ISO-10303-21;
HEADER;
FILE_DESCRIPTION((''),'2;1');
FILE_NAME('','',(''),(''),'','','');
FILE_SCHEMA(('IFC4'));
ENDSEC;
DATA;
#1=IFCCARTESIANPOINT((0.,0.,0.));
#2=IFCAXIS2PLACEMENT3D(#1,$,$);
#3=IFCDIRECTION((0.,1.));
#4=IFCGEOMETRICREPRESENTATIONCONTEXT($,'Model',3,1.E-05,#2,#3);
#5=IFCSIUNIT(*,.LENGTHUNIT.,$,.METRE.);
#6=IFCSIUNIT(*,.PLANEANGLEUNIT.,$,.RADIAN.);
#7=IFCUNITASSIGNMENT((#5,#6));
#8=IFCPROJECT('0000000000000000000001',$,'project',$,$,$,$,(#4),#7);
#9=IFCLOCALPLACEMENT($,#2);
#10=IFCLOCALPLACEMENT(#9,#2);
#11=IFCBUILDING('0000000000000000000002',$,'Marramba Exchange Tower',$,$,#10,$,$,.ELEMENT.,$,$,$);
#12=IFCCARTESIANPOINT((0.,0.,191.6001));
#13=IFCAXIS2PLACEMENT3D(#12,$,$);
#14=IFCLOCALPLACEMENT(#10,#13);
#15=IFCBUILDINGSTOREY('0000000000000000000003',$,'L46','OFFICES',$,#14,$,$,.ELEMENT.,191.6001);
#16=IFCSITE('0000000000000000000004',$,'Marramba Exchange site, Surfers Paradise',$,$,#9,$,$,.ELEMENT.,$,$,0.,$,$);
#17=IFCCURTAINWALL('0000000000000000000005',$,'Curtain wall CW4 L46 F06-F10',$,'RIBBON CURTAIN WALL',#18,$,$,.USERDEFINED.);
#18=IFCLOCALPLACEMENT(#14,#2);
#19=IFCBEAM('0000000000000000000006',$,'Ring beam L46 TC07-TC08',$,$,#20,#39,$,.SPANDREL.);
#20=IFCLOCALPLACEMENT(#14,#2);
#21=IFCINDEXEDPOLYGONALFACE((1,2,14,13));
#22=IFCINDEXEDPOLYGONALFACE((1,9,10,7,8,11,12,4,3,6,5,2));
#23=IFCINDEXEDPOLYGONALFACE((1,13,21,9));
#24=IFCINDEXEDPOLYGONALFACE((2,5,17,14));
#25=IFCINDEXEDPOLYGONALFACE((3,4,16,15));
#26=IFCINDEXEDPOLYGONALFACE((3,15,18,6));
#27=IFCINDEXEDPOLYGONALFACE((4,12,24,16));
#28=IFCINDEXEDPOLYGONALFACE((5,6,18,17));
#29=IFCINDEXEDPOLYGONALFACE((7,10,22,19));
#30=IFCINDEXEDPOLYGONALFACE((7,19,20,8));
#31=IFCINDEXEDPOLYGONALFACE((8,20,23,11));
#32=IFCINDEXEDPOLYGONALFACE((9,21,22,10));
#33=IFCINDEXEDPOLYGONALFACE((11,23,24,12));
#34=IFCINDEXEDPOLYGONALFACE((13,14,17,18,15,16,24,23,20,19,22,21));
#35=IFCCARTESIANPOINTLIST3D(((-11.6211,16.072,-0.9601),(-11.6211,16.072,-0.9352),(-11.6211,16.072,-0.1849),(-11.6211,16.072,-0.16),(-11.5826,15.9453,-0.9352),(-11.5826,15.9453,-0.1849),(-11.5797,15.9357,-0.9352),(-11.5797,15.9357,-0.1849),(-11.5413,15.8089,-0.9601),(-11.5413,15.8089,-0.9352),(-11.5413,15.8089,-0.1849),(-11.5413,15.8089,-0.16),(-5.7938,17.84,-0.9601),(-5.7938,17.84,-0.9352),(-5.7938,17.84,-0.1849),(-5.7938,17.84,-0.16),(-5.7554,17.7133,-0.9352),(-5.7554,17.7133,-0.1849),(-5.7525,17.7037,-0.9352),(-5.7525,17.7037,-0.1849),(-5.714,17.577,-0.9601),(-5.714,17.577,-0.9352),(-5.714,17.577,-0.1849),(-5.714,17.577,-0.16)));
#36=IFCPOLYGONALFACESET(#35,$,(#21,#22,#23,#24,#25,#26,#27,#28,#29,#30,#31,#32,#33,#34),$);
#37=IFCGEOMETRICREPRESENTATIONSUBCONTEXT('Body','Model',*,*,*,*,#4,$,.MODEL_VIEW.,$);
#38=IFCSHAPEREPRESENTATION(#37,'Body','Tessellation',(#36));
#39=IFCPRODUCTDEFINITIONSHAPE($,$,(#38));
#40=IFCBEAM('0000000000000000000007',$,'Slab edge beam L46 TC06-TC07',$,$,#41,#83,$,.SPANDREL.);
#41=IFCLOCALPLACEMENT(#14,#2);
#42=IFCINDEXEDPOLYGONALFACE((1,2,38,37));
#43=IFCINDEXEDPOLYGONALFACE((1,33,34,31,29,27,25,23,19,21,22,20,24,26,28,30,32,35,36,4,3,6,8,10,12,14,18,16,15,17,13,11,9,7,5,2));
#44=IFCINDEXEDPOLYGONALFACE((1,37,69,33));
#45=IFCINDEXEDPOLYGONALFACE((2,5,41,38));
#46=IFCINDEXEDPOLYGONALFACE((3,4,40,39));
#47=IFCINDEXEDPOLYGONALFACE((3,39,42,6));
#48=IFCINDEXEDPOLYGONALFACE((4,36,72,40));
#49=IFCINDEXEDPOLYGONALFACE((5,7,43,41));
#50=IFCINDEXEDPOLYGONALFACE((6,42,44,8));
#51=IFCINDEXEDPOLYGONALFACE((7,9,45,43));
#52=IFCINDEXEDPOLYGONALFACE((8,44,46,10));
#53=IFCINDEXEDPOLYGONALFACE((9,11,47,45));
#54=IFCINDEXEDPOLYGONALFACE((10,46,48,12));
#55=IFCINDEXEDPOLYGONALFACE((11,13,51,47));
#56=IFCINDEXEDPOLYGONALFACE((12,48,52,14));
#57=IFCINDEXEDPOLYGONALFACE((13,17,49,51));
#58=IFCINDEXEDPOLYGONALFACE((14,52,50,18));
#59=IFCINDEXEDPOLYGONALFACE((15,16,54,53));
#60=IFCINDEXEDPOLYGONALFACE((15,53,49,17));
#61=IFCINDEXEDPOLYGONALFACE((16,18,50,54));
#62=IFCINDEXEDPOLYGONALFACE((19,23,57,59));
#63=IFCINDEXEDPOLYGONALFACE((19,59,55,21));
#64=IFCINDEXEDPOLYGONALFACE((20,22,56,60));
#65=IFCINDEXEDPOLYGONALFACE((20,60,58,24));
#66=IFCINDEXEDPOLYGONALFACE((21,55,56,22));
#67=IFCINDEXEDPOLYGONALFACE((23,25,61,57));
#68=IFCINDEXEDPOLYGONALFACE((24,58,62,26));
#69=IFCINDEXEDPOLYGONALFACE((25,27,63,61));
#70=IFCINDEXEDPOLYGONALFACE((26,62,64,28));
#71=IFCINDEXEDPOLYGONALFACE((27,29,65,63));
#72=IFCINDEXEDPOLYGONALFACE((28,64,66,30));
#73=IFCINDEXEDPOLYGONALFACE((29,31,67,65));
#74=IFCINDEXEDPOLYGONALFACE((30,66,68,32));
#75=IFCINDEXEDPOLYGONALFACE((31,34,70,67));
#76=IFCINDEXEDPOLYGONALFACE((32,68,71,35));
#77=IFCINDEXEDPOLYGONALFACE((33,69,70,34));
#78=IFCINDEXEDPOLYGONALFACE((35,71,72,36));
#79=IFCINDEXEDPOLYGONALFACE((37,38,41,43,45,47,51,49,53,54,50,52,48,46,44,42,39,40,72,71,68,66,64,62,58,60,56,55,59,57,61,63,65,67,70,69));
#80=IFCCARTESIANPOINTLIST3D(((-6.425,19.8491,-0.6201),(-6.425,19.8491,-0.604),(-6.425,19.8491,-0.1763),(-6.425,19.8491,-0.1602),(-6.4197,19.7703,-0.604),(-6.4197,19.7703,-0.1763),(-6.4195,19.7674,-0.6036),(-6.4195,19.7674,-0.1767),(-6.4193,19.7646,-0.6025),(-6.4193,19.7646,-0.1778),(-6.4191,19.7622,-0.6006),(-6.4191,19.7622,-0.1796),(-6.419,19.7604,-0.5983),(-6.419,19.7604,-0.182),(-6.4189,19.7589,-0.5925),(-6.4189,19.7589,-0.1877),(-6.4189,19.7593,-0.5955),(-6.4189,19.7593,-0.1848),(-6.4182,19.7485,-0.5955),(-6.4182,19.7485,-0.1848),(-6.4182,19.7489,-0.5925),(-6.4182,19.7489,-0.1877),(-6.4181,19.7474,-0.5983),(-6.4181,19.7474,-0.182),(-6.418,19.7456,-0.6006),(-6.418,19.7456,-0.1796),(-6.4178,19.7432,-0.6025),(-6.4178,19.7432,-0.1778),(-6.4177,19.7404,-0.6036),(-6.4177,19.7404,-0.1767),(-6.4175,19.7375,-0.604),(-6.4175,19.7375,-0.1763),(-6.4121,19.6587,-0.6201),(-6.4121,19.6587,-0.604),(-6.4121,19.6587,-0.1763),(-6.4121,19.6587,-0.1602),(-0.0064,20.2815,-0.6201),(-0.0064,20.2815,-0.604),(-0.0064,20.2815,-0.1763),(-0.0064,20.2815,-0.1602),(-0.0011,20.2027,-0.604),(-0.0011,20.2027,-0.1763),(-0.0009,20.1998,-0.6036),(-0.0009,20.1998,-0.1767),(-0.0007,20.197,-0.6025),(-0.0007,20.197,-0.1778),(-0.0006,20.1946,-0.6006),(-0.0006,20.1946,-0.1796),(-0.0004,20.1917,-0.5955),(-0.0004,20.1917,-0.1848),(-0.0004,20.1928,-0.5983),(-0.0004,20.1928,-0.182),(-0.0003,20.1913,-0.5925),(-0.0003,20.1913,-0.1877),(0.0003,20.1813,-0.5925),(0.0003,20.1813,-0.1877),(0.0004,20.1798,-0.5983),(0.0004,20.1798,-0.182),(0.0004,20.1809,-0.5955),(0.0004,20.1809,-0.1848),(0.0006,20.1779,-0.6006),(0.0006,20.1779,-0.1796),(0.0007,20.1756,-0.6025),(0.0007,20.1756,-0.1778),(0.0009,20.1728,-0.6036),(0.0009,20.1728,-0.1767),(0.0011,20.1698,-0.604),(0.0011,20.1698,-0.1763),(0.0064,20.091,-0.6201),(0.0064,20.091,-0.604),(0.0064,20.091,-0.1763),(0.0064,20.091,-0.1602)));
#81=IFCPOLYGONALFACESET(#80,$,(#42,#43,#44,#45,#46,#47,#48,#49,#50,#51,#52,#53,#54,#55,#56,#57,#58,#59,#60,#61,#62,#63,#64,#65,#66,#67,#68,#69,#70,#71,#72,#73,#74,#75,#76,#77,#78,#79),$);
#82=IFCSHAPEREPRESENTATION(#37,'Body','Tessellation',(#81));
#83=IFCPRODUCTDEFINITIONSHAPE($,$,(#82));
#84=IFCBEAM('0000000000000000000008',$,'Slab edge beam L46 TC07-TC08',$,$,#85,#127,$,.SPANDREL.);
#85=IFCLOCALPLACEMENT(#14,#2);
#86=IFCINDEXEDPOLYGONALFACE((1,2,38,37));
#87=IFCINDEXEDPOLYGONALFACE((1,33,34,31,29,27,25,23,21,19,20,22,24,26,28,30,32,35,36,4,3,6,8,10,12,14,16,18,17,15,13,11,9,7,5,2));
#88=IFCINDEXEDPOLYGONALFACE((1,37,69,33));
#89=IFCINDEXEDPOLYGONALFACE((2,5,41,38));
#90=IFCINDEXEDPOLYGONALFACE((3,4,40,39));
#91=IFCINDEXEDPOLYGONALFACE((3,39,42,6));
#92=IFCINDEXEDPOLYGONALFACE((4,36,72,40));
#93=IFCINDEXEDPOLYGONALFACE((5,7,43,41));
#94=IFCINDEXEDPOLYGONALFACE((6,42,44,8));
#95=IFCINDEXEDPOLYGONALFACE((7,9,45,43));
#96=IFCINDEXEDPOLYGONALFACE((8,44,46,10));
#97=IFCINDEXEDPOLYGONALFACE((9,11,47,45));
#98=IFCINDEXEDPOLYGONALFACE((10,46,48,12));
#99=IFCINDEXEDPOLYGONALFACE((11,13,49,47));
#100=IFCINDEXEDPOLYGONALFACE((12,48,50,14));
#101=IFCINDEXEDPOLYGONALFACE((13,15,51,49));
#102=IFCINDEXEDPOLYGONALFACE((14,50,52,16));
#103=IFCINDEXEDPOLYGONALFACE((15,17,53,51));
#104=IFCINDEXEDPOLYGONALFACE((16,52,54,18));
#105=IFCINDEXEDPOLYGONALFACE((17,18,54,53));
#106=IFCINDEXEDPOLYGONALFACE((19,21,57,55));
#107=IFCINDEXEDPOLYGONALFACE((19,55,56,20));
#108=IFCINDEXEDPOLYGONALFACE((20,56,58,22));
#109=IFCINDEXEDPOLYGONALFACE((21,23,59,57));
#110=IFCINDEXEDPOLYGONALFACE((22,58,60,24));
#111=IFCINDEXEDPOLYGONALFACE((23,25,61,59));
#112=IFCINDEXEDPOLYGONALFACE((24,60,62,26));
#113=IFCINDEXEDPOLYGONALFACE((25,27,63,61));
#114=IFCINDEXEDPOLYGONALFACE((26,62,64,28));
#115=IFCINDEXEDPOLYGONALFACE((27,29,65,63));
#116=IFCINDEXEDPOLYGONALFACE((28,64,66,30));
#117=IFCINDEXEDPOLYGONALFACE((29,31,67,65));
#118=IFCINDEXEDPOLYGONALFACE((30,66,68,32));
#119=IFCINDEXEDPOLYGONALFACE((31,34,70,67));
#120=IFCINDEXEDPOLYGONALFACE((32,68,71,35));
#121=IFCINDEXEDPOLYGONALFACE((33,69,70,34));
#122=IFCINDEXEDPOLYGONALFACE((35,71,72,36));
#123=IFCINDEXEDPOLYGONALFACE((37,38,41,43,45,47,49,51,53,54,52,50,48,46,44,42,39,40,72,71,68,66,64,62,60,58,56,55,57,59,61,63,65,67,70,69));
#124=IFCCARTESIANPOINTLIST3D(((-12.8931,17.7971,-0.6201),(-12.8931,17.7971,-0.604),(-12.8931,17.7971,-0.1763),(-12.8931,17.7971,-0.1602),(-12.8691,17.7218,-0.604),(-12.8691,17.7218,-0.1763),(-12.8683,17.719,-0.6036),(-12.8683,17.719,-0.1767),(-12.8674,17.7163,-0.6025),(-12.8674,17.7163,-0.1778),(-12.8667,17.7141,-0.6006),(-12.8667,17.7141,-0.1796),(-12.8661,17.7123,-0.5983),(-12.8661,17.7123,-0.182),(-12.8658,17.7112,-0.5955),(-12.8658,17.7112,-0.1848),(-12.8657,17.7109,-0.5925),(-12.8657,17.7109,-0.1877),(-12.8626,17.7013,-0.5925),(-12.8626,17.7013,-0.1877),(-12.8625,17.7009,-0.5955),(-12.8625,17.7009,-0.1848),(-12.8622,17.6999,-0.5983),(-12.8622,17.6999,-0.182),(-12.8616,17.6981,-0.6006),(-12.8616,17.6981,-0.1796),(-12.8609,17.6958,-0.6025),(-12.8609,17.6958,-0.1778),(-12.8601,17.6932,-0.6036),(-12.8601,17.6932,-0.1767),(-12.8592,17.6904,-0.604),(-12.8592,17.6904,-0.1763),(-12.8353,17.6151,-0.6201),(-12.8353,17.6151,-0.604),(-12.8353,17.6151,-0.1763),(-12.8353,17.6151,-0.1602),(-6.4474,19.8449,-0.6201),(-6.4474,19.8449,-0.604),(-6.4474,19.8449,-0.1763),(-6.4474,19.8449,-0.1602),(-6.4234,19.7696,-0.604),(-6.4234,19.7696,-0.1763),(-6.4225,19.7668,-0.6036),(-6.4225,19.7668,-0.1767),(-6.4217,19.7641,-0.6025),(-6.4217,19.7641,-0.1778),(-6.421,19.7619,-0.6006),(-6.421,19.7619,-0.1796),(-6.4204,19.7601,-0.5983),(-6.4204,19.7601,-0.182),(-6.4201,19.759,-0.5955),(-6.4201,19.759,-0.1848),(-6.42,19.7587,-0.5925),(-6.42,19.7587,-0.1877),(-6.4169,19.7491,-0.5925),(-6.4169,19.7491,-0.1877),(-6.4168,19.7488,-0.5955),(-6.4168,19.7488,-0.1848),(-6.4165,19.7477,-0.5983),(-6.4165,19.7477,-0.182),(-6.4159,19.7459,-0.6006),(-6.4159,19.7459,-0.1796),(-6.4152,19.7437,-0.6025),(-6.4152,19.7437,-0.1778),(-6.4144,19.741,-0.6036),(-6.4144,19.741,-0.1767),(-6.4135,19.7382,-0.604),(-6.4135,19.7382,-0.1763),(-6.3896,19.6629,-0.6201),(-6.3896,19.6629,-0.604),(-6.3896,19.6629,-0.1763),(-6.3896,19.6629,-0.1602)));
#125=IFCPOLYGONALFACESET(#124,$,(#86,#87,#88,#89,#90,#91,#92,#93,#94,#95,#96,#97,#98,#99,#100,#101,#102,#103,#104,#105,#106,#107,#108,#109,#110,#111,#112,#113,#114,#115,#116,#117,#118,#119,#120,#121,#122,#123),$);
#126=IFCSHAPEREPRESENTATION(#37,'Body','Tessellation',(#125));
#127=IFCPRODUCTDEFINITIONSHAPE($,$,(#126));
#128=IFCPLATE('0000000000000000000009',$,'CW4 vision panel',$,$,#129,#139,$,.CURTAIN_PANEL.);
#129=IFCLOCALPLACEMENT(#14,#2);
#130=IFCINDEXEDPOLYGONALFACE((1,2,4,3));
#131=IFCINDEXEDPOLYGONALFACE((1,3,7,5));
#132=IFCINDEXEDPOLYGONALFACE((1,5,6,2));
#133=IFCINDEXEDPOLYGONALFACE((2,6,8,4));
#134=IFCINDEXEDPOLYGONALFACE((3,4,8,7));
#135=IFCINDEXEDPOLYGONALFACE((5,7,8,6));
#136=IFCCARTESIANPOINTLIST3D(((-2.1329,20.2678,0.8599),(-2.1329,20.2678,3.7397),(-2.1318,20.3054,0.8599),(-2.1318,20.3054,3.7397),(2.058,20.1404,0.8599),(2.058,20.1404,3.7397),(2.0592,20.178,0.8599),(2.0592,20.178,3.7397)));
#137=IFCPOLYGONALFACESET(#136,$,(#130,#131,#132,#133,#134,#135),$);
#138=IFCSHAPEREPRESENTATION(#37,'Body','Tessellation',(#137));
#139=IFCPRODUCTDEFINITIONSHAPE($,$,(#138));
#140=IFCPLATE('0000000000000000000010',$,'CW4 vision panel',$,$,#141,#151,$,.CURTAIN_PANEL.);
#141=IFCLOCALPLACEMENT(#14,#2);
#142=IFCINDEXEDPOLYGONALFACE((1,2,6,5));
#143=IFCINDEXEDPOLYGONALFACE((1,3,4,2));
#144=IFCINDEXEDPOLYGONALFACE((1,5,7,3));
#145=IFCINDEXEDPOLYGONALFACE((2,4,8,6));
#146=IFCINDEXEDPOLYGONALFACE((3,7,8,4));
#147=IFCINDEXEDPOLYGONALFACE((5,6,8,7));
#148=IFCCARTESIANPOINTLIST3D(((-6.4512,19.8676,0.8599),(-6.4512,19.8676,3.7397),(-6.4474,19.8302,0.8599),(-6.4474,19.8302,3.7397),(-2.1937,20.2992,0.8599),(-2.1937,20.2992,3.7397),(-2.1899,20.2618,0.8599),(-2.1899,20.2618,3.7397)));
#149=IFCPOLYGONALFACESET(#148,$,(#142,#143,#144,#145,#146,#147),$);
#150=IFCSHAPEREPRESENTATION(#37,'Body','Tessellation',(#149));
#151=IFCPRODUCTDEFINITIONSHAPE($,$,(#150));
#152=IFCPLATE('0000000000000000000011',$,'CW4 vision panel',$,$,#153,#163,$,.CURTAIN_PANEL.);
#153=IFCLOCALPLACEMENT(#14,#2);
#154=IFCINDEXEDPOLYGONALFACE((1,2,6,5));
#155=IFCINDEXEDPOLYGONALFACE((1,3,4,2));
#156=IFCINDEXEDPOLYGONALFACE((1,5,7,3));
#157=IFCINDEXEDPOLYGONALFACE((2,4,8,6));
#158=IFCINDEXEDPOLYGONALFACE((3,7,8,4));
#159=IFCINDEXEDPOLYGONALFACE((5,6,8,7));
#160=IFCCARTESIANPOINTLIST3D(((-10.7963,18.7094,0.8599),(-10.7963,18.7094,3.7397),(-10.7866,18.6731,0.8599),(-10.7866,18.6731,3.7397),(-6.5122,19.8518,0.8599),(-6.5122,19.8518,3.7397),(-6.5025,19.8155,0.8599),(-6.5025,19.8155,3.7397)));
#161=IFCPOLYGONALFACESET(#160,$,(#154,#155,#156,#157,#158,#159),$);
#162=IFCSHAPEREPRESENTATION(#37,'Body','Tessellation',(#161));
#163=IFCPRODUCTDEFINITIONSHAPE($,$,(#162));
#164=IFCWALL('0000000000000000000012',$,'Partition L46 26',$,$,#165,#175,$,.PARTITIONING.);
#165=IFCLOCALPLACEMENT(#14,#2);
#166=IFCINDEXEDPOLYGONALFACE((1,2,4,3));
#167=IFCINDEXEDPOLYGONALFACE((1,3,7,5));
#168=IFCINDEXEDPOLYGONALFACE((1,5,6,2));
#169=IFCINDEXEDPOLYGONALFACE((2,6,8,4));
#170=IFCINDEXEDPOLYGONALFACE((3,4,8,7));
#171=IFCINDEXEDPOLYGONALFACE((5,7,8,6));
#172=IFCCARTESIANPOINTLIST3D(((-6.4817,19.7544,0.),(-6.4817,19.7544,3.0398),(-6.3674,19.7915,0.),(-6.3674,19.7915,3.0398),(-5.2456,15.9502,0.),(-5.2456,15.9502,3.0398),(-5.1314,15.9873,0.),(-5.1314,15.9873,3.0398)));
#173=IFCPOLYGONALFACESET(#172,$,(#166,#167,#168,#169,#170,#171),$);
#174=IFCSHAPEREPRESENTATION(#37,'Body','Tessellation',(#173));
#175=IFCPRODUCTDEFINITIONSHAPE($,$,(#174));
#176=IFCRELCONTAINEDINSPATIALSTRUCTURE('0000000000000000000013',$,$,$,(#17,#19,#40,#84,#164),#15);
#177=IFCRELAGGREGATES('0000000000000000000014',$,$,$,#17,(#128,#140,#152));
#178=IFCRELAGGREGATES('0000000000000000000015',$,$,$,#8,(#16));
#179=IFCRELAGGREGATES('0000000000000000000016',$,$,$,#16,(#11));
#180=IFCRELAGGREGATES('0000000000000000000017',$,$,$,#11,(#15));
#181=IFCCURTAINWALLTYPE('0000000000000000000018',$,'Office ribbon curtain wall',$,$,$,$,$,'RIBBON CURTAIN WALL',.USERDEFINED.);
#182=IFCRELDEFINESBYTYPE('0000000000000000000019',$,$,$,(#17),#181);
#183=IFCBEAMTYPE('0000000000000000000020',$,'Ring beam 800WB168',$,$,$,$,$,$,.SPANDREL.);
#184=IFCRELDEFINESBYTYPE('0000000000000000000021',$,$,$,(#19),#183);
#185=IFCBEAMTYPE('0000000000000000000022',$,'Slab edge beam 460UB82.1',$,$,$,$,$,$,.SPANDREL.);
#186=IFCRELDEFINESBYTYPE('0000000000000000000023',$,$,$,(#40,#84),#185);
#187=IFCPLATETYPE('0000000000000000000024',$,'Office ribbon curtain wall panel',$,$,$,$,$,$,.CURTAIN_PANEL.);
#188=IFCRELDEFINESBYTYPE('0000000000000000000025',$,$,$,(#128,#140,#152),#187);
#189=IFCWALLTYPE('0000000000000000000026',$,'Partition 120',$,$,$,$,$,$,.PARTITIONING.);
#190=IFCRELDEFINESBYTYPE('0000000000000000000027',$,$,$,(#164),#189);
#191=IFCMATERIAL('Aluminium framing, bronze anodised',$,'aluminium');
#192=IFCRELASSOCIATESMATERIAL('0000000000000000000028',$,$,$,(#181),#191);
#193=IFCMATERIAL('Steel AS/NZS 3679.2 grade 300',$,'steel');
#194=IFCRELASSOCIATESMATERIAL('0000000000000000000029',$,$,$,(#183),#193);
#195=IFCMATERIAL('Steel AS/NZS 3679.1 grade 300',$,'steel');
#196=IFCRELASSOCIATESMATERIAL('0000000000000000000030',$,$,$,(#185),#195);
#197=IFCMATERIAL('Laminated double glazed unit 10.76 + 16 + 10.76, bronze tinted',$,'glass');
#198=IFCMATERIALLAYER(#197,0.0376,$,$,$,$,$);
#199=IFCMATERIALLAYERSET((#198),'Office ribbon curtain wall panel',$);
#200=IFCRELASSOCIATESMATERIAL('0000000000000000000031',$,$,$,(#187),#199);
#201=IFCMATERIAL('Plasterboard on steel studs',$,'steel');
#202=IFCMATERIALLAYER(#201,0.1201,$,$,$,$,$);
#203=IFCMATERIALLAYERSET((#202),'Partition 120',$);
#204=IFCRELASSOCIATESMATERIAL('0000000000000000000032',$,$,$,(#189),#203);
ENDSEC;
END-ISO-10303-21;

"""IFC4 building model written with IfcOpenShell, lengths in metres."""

from ifc_helpers import new_model, si_unit, direction, frame, frame_2d, origin, origin_2d, place, context, subcontext, project, spatial, rectangle, i_section, extrude, material, layer, layer_set, material_profile, profile_set, type_object, element, aggregate, save


model = new_model("IFC4")

# Units and contexts
model_context = context("Model", 3, precision=1e-05, world=origin(), true_north=direction((0.0, 1.0)))
body_context = subcontext(model_context, "Body", "Model", "MODEL_VIEW")
ifc_project = project(units=[si_unit("LENGTHUNIT", "METRE"), si_unit("PLANEANGLEUNIT", "RADIAN")], contexts=[model_context])

# Site, building, storey
site_placement = place(None, origin())
site = spatial("IfcSite", under=ifc_project, at=site_placement, Name="Marramba Exchange site, Surfers Paradise", CompositionType="ELEMENT", RefElevation=0.0)
building_placement = place(site_placement, origin())
building = spatial("IfcBuilding", under=site, at=building_placement, Name="Marramba Exchange Tower", CompositionType="ELEMENT")
storey_placement = place(building_placement, frame((0.0, 0.0, 191.6001)))
storey = spatial("IfcBuildingStorey", under=building, at=storey_placement, Name="L46", Description="OFFICES", CompositionType="ELEMENT", Elevation=191.6001)

# Shared definitions
ifc_material_1 = material(Name="Steel AS/NZS 3679.2 grade 300", Category="steel")

# Curtain wall
ifc_material_2 = material(Name="Aluminium framing, bronze anodised", Category="aluminium")
curtain_wall_type = type_object("IfcCurtainWallType", Name="Office ribbon curtain wall", ElementType="RIBBON CURTAIN WALL", PredefinedType="USERDEFINED", material=ifc_material_2)
curtain_wall_1_placement = place(storey_placement, origin())
curtain_wall_1 = element("IfcCurtainWall", 1, at=curtain_wall_1_placement, inside=storey, type_object=curtain_wall_type, Name="Curtain wall CW4 L46 F06-F10", ObjectType="RIBBON CURTAIN WALL", PredefinedType="USERDEFINED")

# Beams
ifc_material_profile_1 = material_profile(ifc_material_1, i_section(OverallWidth=0.2749, OverallDepth=0.8, WebThickness=0.01, FlangeThickness=0.0249, at=origin_2d()), Name="800WB168")
ifc_profile_set_1 = profile_set([ifc_material_profile_1], Name="Steel AS/NZS 3679.2 grade 300")
beam_type_1 = type_object("IfcBeamType", Name="Ring beam 800WB168", PredefinedType="SPANDREL", material=ifc_profile_set_1)
beam_1_placement = place(storey_placement, frame((-5.7539, 17.7085, -0.5601), z_axis=(-0.956925, -0.290337, 0.0), x_axis=(0.290337, -0.956925, 0.0)))
element("IfcBeam", 2, at=beam_1_placement, inside=storey, type_object=beam_type_1, Name="Ring beam L46 TC07-TC08", PredefinedType="SPANDREL", context=body_context, shape_type="SweptSolid", body=[
    extrude(i_section(OverallWidth=0.2749, OverallDepth=0.8, WebThickness=0.01, FlangeThickness=0.0249, at=origin_2d()), origin(), (0.0, 0.0, 1.0), 6.0896),
])
ifc_material_3 = material(Name="Steel AS/NZS 3679.1 grade 300", Category="steel")
ifc_material_profile_2 = material_profile(ifc_material_3, i_section(OverallWidth=0.1909, OverallDepth=0.46, WebThickness=0.01, FlangeThickness=0.0161, FilletRadius=0.0115, at=origin_2d()), Name="460UB82.1")
ifc_profile_set_2 = profile_set([ifc_material_profile_2], Name="Steel AS/NZS 3679.1 grade 300")
beam_type_2 = type_object("IfcBeamType", Name="Slab edge beam 460UB82.1", PredefinedType="SPANDREL", material=ifc_profile_set_2)
beam_2_placement = place(storey_placement, frame((0.0, 20.1863, -0.3901), z_axis=(-0.997739, -0.067212, 0.0), x_axis=(0.067212, -0.997739, 0.0)))
element("IfcBeam", 3, at=beam_2_placement, inside=storey, type_object=beam_type_2, Name="Slab edge beam L46 TC06-TC07", PredefinedType="SPANDREL", context=body_context, shape_type="SweptSolid", body=[
    extrude(i_section(OverallWidth=0.1909, OverallDepth=0.46, WebThickness=0.01, FlangeThickness=0.0161, FilletRadius=0.0115, at=origin_2d()), origin(), (0.0, 0.0, 1.0), 6.4331),
])
beam_3_placement = place(storey_placement, frame((-6.4185, 19.7539, -0.3901), z_axis=(-0.953057, -0.302789, 0.0), x_axis=(0.302789, -0.953057, 0.0)))
element("IfcBeam", 4, at=beam_3_placement, inside=storey, type_object=beam_type_2, Name="Slab edge beam L46 TC07-TC08", PredefinedType="SPANDREL", context=body_context, shape_type="SweptSolid", body=[
    extrude(i_section(OverallWidth=0.1909, OverallDepth=0.46, WebThickness=0.01, FlangeThickness=0.0161, FilletRadius=0.0115, at=origin_2d()), origin(), (0.0, 0.0, 1.0), 6.7632),
])

# Plates
ifc_material_4 = material(Name="Laminated double glazed unit 10.76 + 16 + 10.76, bronze tinted", Category="glass")
ifc_layer_1 = layer(ifc_material_4, 0.0376)
ifc_layer_set_1 = layer_set([ifc_layer_1], Name="Office ribbon curtain wall panel")
plate_type = type_object("IfcPlateType", Name="Office ribbon curtain wall panel", PredefinedType="CURTAIN_PANEL", material=ifc_layer_set_1)
plate_1_placement = place(storey_placement, frame((-0.0369, 20.2229, 0.8599), z_axis=(0.0, 0.0, 1.0), x_axis=(-0.999538, 0.030394, 0.0)))
plate_1 = element("IfcPlate", 5, at=plate_1_placement, type_object=plate_type, Name="CW4 vision panel", PredefinedType="CURTAIN_PANEL", context=body_context, shape_type="SweptSolid", body=[
    extrude(rectangle(XDim=4.1929, YDim=0.0376, at=origin_2d()), origin(), (0.0, 0.0, 1.0), 2.8799),
])
plate_2_placement = place(storey_placement, frame((-4.3206, 20.0647, 0.8599), z_axis=(0.0, 0.0, 1.0), x_axis=(-0.9949, -0.100863, 0.0)))
plate_2 = element("IfcPlate", 6, at=plate_2_placement, type_object=plate_type, Name="CW4 vision panel", PredefinedType="CURTAIN_PANEL", context=body_context, shape_type="SweptSolid", body=[
    extrude(rectangle(XDim=4.2793, YDim=0.0376, at=origin_2d()), origin(), (0.0, 0.0, 1.0), 2.8799),
])
plate_3_placement = place(storey_placement, frame((-8.6494, 19.2625, 0.8599), z_axis=(0.0, 0.0, 1.0), x_axis=(-0.966241, -0.257641, 0.0)))
plate_3 = element("IfcPlate", 7, at=plate_3_placement, type_object=plate_type, Name="CW4 vision panel", PredefinedType="CURTAIN_PANEL", context=body_context, shape_type="SweptSolid", body=[
    extrude(rectangle(XDim=4.4338, YDim=0.0376, at=origin_2d()), origin(), (0.0, 0.0, 1.0), 2.8799),
])
aggregate(curtain_wall_1, [plate_1, plate_2, plate_3])

# Wall
ifc_material_5 = material(Name="Plasterboard on steel studs", Category="steel")
ifc_layer_2 = layer(ifc_material_5, 0.1201)
ifc_layer_set_2 = layer_set([ifc_layer_2], Name="Partition 120")
wall_type = type_object("IfcWallType", Name="Partition 120", PredefinedType="PARTITIONING", material=ifc_layer_set_2)
wall_1_placement = place(storey_placement, frame((-5.1885, 15.9688, 0.0), z_axis=(0.0, 0.0, 1.0), x_axis=(-0.309023, 0.951055, 0.0)))
element("IfcWall", 8, at=wall_1_placement, inside=storey, type_object=wall_type, Name="Partition L46 26", PredefinedType="PARTITIONING", context=body_context, shape_type="SweptSolid", body=[
    extrude(rectangle(XDim=4.0, YDim=0.1201, at=frame_2d((2.0, 0.0))), origin(), (0.0, 0.0, 1.0), 3.0398),
])

save(model, "model.ifc")
